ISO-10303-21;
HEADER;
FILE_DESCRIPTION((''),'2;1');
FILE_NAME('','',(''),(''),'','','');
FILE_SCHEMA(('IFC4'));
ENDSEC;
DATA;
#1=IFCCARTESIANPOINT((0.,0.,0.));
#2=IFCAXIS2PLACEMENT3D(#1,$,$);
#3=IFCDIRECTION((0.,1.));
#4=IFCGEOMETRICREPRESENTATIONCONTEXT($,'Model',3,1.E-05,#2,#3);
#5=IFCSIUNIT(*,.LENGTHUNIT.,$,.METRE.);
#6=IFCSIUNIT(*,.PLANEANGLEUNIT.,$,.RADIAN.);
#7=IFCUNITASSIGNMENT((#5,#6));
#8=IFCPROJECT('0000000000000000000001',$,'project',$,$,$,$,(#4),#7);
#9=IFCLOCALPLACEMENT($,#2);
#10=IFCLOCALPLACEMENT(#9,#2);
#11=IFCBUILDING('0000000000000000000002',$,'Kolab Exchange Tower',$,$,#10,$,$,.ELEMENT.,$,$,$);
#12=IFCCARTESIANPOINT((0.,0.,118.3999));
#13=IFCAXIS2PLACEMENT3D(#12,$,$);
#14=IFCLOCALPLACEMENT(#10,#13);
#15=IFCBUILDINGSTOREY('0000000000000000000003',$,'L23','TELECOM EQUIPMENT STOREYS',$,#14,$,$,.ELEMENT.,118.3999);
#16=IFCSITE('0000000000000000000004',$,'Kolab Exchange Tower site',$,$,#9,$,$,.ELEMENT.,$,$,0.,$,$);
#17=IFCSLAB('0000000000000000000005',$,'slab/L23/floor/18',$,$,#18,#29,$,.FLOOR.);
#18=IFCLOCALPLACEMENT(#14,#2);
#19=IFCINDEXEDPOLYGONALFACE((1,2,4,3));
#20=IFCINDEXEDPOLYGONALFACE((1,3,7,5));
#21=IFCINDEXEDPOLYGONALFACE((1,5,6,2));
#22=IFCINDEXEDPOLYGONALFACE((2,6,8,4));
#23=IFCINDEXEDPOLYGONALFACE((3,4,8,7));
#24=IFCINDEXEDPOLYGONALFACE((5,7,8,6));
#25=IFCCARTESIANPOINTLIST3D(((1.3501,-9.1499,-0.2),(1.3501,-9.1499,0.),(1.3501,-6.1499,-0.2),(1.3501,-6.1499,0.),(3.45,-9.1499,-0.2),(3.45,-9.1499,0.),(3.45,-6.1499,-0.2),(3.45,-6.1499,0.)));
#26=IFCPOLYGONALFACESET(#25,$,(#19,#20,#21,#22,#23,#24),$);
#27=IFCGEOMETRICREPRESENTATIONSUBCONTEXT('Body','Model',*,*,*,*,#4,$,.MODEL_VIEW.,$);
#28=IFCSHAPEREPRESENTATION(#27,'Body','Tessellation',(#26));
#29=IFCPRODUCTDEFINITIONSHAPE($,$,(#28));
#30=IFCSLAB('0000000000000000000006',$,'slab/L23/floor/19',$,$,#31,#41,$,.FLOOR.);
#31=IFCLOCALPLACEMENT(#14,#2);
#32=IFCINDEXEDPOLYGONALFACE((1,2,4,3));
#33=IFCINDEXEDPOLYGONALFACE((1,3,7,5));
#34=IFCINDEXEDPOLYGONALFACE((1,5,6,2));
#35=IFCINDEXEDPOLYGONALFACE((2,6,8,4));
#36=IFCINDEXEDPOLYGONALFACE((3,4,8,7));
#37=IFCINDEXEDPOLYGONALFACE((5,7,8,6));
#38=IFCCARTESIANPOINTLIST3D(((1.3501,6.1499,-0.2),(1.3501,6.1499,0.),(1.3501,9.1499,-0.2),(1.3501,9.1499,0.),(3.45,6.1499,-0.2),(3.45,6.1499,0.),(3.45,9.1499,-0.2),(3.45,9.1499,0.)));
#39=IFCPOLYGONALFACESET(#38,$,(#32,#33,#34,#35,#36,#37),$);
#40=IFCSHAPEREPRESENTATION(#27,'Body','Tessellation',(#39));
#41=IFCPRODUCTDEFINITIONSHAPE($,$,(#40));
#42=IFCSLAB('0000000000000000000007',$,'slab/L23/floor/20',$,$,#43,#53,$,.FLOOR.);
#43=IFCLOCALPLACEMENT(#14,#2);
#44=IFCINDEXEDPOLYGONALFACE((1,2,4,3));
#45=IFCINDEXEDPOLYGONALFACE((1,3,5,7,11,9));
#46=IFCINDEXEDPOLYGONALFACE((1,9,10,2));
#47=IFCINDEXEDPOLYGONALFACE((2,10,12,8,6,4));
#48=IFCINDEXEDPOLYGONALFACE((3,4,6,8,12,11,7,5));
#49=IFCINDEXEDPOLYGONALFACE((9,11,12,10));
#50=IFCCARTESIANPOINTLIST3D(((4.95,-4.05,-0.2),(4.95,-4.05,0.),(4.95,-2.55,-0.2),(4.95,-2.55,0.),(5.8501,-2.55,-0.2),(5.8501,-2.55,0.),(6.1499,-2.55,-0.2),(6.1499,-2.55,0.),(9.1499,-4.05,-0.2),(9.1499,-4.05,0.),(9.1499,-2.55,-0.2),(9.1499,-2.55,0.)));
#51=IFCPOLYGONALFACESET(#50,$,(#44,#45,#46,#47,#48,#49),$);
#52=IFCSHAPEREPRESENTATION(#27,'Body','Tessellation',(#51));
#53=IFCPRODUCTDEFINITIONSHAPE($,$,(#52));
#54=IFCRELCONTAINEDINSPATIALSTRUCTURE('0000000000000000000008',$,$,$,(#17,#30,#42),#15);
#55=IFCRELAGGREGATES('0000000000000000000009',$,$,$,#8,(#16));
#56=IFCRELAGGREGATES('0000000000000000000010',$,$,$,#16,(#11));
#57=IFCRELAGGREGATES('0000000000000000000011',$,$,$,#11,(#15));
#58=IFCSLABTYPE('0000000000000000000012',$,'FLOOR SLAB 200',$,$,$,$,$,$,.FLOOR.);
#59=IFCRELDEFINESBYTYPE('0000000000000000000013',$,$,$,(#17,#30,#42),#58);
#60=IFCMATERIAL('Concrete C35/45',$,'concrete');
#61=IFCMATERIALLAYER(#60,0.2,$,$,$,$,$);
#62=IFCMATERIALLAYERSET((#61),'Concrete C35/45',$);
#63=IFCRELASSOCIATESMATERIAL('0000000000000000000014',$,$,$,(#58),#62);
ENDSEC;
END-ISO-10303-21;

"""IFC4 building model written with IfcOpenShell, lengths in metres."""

from ifc_helpers import new_model, si_unit, direction, frame, origin, place, context, subcontext, project, spatial, polyline, outline, extrude, material, layer, layer_set, type_object, element, save


model = new_model("IFC4")

# Units and contexts
model_context = context("Model", 3, precision=1e-05, world=origin(), true_north=direction((0.0, 1.0)))
body_context = subcontext(model_context, "Body", "Model", "MODEL_VIEW")
ifc_project = project(units=[si_unit("LENGTHUNIT", "METRE"), si_unit("PLANEANGLEUNIT", "RADIAN")], contexts=[model_context])

# Site, building, storey
site_placement = place(None, origin())
site = spatial("IfcSite", under=ifc_project, at=site_placement, Name="Kolab Exchange Tower site", CompositionType="ELEMENT", RefElevation=0.0)
building_placement = place(site_placement, origin())
building = spatial("IfcBuilding", under=site, at=building_placement, Name="Kolab Exchange Tower", CompositionType="ELEMENT")
storey_placement = place(building_placement, frame((0.0, 0.0, 118.3999)))
storey = spatial("IfcBuildingStorey", under=building, at=storey_placement, Name="L23", Description="TELECOM EQUIPMENT STOREYS", CompositionType="ELEMENT", Elevation=118.3999)

# Slabs
ifc_material = material(Name="Concrete C35/45", Category="concrete")
ifc_layer = layer(ifc_material, 0.2)
ifc_layer_set = layer_set([ifc_layer], Name="Concrete C35/45")
slab_type = type_object("IfcSlabType", Name="FLOOR SLAB 200", PredefinedType="FLOOR", material=ifc_layer_set)
slab_1_placement = place(storey_placement, frame((0.0, 0.0, -0.2)))
element("IfcSlab", 1, at=slab_1_placement, inside=storey, type_object=slab_type, Name="slab/L23/floor/18", PredefinedType="FLOOR", context=body_context, shape_type="SweptSolid", body=[
    extrude(outline(polyline([(1.3501, -6.1499), (1.3501, -9.1499), (3.45, -9.1499), (3.45, -6.1499), (1.3501, -6.1499)])), origin(), (0.0, 0.0, 1.0), 0.2),
])
slab_2_placement = place(storey_placement, frame((0.0, 0.0, -0.2)))
element("IfcSlab", 2, at=slab_2_placement, inside=storey, type_object=slab_type, Name="slab/L23/floor/19", PredefinedType="FLOOR", context=body_context, shape_type="SweptSolid", body=[
    extrude(outline(polyline([(1.3501, 6.1499), (3.45, 6.1499), (3.45, 9.1499), (1.3501, 9.1499), (1.3501, 6.1499)])), origin(), (0.0, 0.0, 1.0), 0.2),
])
slab_3_placement = place(storey_placement, frame((0.0, 0.0, -0.2)))
element("IfcSlab", 3, at=slab_3_placement, inside=storey, type_object=slab_type, Name="slab/L23/floor/20", PredefinedType="FLOOR", context=body_context, shape_type="SweptSolid", body=[
    extrude(outline(polyline([(4.95, -4.05), (9.1499, -4.05), (9.1499, -2.55), (6.1499, -2.55), (5.8501, -2.55), (4.95, -2.55), (4.95, -4.05)])), origin(), (0.0, 0.0, 1.0), 0.2),
])

save(model, "model.ifc")
